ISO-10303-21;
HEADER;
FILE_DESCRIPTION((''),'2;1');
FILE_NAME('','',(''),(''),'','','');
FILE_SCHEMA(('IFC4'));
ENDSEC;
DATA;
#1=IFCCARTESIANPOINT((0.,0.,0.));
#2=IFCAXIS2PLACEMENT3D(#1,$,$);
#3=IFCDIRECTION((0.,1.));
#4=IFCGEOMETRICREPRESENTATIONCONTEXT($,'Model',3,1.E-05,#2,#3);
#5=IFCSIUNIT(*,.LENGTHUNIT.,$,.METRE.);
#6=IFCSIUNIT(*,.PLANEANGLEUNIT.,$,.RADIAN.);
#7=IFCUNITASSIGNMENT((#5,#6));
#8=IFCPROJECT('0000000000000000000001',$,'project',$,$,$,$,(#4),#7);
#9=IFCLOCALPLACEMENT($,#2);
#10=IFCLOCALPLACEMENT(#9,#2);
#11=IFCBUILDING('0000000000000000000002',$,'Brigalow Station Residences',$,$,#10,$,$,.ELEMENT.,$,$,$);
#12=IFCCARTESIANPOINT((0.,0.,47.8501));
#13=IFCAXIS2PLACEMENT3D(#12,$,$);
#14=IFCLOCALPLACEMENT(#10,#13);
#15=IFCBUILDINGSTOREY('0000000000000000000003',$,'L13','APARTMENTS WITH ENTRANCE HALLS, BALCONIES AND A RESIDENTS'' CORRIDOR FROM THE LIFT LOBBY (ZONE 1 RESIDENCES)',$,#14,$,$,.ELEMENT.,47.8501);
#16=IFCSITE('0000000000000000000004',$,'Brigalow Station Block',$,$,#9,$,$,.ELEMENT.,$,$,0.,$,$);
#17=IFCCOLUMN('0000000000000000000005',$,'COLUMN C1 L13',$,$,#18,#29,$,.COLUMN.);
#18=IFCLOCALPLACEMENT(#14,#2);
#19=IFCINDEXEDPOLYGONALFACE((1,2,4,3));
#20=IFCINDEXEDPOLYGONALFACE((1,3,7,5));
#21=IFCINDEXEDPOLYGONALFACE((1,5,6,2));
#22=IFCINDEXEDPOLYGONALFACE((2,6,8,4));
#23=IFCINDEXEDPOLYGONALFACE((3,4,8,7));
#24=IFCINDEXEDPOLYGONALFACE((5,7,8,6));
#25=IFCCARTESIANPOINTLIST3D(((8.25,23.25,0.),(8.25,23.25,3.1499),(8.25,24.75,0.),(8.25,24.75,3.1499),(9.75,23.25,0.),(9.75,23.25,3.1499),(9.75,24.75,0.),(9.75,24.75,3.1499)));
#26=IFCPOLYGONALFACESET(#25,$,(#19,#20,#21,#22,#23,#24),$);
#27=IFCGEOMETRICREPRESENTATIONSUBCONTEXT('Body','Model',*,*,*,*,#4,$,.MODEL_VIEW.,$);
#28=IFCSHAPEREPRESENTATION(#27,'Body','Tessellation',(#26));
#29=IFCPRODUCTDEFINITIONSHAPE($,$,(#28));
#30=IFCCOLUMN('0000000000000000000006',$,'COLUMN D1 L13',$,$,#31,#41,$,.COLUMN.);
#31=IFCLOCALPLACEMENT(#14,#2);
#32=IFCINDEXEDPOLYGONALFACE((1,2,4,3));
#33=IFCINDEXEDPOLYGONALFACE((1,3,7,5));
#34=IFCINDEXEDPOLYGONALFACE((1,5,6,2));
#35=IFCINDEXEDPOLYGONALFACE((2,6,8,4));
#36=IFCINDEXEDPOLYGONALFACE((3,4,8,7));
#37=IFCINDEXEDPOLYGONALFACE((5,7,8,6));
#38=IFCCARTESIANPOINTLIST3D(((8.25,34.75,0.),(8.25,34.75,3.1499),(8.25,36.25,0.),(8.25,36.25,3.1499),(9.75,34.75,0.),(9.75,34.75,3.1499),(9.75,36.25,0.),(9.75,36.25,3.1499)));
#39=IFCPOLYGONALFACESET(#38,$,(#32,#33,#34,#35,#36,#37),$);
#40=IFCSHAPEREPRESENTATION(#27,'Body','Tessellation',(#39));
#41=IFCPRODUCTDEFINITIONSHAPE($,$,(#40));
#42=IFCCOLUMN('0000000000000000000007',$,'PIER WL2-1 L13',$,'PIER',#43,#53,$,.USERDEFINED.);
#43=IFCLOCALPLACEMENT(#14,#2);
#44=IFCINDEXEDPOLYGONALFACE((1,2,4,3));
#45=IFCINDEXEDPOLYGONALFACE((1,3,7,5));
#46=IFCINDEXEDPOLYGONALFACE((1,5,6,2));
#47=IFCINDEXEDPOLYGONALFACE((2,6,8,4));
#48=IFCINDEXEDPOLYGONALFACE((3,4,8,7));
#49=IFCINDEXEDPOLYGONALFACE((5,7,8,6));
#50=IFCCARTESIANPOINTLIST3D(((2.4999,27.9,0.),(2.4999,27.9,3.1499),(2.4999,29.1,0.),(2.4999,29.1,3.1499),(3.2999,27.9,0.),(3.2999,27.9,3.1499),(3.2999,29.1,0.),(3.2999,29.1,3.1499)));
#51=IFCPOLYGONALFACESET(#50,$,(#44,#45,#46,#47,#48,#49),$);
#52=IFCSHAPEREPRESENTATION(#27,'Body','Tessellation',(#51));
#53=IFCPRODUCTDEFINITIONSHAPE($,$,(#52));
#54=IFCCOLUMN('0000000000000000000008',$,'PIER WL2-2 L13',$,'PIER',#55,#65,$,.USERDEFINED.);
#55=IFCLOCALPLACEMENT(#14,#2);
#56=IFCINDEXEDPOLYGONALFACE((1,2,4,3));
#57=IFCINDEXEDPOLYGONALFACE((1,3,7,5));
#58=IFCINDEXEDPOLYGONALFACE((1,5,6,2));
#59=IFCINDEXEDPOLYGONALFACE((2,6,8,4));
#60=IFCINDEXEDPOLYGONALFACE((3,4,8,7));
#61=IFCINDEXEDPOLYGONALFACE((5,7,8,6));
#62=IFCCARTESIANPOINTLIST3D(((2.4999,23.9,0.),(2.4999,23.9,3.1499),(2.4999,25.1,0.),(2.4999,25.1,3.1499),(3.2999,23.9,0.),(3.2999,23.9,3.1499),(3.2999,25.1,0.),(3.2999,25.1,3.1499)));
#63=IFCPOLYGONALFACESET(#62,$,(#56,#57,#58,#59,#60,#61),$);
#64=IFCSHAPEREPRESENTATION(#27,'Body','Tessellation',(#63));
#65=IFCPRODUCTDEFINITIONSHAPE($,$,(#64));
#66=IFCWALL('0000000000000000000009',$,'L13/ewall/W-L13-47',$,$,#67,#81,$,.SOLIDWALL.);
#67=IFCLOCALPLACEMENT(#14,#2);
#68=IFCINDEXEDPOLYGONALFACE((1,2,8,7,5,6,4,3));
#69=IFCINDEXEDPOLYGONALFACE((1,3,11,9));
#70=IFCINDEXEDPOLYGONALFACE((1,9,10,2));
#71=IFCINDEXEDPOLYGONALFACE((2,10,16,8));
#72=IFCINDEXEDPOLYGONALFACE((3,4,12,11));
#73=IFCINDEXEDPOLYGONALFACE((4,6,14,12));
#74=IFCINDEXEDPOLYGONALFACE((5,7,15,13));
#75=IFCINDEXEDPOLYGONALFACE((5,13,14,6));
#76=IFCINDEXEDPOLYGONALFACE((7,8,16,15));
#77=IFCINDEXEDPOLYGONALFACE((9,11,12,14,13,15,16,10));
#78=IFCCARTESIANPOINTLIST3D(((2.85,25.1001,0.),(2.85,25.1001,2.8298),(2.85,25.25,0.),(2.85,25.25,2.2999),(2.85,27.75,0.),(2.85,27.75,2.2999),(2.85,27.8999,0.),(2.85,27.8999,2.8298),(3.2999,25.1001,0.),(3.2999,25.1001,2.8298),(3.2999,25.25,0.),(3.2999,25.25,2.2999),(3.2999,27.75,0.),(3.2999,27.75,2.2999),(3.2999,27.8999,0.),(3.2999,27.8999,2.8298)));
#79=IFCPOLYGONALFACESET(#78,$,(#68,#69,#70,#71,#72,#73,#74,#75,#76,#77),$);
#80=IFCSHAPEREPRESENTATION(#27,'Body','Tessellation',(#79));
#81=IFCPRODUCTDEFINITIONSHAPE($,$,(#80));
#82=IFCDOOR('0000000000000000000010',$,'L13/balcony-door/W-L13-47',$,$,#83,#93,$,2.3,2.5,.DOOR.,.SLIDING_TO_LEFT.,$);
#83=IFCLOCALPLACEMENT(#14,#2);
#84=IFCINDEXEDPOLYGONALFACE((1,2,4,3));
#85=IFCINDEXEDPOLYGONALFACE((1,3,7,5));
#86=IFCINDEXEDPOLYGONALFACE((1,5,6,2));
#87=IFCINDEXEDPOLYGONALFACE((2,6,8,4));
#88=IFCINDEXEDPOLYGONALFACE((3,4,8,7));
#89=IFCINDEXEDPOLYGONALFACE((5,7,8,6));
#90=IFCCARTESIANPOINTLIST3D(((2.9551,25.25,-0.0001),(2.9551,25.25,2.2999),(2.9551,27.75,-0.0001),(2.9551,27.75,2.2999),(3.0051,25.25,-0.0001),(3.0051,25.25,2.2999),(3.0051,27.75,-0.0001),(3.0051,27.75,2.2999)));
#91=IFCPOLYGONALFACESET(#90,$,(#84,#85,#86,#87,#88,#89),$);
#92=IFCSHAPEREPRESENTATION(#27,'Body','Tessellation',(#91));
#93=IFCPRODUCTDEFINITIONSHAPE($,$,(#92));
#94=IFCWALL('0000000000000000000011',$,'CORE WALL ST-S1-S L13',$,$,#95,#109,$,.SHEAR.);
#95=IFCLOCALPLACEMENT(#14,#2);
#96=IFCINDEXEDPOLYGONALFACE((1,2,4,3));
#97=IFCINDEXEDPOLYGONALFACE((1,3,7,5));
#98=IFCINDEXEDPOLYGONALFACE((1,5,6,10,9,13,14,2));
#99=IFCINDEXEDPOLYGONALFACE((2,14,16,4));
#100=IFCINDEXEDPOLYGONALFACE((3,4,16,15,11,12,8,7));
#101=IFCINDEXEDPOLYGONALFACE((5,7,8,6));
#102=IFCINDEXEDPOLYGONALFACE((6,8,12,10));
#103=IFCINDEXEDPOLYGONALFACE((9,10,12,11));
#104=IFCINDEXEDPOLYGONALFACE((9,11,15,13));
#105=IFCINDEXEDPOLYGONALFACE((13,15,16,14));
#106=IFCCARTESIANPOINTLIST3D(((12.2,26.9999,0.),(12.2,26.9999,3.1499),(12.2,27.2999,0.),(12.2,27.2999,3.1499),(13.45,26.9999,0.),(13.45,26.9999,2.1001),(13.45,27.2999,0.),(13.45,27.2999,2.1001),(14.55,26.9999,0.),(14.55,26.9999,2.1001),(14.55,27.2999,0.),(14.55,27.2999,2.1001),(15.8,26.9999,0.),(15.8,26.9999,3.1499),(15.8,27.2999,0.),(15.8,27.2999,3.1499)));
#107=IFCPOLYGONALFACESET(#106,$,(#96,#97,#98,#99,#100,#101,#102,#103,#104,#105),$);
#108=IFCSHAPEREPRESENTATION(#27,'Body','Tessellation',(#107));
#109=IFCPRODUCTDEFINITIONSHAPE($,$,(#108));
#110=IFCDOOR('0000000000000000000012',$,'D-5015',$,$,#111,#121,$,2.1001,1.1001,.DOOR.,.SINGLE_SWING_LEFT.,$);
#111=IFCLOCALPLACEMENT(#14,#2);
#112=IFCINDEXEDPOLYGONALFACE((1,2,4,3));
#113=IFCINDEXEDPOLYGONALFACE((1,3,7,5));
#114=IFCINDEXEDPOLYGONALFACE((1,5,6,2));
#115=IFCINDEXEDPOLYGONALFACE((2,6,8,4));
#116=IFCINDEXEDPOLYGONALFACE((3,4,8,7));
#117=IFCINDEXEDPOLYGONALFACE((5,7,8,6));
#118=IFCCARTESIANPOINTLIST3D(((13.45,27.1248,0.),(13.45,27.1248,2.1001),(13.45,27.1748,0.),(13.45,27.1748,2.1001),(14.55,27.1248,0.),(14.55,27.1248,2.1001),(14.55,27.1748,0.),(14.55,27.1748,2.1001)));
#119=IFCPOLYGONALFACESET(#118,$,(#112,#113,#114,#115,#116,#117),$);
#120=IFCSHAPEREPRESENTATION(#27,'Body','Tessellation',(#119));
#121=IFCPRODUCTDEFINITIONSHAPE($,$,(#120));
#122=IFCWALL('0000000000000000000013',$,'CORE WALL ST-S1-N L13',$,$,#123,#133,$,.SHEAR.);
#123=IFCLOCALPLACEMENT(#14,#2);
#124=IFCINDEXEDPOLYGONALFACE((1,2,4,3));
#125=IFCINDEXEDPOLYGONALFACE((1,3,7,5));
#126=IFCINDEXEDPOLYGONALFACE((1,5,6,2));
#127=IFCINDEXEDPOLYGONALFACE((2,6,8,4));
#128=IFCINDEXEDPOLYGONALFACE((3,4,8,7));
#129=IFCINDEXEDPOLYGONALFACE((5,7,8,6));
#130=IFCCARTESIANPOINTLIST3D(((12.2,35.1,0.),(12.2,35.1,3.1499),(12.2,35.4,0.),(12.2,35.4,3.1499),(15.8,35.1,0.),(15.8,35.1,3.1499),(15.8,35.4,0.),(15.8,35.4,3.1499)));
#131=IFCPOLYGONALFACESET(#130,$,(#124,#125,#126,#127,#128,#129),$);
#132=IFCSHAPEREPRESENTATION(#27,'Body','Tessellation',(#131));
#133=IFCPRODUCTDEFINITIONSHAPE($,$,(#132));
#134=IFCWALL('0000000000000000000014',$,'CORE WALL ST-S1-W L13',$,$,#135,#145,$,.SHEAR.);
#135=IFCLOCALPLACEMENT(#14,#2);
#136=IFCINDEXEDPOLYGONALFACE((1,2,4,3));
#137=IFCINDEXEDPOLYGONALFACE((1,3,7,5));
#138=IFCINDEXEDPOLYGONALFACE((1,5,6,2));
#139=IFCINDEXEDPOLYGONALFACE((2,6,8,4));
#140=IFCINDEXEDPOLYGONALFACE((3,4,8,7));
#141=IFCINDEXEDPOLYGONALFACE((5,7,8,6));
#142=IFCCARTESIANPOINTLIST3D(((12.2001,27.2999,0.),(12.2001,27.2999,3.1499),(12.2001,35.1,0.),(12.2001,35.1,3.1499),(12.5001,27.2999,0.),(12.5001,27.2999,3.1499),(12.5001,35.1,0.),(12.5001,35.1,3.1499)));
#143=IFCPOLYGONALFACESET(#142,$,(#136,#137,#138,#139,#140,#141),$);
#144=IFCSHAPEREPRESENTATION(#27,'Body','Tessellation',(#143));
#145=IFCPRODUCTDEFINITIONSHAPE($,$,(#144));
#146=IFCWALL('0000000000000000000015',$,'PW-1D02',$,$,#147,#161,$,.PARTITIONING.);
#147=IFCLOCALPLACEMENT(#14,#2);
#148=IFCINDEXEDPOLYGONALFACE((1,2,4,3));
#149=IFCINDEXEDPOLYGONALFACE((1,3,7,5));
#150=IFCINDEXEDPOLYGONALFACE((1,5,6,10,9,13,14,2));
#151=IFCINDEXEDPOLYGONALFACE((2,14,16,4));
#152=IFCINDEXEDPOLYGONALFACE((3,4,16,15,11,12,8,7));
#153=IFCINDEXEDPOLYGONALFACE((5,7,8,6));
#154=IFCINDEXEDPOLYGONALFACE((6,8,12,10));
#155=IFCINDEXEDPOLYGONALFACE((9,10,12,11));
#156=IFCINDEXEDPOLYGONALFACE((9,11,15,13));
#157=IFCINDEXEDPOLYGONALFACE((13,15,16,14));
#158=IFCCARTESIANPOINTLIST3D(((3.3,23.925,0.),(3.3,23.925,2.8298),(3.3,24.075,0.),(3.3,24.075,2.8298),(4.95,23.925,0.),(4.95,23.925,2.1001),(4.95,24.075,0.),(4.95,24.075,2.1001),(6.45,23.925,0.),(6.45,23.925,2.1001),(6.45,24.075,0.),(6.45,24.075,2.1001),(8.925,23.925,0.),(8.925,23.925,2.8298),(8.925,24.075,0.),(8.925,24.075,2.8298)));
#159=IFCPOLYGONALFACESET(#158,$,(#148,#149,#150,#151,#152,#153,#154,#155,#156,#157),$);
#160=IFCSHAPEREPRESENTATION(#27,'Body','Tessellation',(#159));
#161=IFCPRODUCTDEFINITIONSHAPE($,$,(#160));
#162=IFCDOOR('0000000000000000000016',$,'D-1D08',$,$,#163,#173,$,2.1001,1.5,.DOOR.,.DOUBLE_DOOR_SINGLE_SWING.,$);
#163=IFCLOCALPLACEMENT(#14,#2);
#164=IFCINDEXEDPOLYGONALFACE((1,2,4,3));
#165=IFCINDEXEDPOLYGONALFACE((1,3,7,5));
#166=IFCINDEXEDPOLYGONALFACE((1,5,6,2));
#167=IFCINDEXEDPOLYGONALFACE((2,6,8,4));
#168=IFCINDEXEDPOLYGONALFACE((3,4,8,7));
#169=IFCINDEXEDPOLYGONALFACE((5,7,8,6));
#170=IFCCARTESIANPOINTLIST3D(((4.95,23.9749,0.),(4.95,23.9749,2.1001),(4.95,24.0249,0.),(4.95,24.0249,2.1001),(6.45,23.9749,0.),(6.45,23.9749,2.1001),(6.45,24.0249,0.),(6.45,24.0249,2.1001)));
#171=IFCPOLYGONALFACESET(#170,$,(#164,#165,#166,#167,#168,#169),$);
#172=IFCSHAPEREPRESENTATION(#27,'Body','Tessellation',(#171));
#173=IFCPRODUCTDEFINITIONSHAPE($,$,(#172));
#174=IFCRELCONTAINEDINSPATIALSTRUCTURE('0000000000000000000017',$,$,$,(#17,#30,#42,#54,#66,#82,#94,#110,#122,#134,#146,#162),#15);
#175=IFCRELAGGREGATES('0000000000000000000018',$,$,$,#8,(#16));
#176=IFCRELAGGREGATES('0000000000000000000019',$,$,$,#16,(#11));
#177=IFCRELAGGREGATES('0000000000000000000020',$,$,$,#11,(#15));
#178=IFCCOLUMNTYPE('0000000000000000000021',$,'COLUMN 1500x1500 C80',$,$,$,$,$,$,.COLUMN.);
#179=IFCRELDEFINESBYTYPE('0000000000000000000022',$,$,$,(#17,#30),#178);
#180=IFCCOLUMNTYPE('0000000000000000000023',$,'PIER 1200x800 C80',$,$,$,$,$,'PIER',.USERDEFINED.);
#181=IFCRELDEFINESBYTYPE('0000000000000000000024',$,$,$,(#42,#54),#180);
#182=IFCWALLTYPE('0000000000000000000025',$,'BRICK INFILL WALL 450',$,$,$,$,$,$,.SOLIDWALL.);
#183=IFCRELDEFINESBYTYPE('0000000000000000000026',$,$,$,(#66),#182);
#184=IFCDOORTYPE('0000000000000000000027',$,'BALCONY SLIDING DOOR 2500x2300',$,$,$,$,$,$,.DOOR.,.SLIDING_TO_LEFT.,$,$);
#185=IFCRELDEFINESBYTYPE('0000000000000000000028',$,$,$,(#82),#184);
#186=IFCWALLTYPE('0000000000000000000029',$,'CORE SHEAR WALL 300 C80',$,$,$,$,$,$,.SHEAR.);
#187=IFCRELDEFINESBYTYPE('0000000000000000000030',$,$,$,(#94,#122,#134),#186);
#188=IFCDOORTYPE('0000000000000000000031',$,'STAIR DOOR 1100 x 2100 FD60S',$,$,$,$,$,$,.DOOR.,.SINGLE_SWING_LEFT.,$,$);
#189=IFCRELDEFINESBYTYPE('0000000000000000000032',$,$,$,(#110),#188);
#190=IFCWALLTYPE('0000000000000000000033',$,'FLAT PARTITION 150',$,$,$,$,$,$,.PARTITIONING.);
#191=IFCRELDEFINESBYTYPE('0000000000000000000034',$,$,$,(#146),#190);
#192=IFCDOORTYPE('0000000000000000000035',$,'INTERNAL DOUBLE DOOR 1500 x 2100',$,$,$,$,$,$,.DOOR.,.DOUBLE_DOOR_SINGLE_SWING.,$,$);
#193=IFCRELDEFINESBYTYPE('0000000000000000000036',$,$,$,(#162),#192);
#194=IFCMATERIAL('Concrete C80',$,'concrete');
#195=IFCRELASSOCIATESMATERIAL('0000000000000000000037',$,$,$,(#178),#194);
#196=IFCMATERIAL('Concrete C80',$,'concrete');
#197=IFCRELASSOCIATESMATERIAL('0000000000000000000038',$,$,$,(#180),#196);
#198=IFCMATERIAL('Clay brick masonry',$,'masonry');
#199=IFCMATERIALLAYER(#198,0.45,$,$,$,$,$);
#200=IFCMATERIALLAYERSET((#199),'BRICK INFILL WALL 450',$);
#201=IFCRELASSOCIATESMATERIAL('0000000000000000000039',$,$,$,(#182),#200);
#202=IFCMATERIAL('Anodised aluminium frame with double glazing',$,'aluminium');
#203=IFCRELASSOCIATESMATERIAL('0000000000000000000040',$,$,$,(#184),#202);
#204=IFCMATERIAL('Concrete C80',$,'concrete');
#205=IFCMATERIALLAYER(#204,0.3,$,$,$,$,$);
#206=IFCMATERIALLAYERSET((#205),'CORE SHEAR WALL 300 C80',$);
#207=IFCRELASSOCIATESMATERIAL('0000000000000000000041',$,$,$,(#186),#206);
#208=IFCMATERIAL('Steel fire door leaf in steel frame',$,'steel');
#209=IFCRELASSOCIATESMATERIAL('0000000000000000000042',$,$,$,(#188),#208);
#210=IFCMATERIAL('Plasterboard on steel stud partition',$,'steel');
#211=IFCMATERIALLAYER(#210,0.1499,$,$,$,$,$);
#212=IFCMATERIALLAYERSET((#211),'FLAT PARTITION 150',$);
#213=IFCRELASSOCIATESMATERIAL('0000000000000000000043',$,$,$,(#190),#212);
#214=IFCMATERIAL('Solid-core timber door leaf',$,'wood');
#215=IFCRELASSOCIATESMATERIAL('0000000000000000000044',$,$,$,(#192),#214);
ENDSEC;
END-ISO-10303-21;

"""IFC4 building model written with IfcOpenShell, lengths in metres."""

from ifc_helpers import new_model, si_unit, direction, frame, frame_2d, origin, origin_2d, place, context, subcontext, project, spatial, rectangle, extrude, material, layer, layer_set, material_profile, profile_set, type_object, element, fill, save


model = new_model("IFC4")

# Units and contexts
model_context = context("Model", 3, precision=1e-05, world=origin(), true_north=direction((0.0, 1.0)))
body_context = subcontext(model_context, "Body", "Model", "MODEL_VIEW")
ifc_project = project(units=[si_unit("LENGTHUNIT", "METRE"), si_unit("PLANEANGLEUNIT", "RADIAN")], contexts=[model_context])

# Site, building, storey
site_placement = place(None, origin())
site = spatial("IfcSite", under=ifc_project, at=site_placement, Name="Brigalow Station Block", CompositionType="ELEMENT", RefElevation=0.0)
building_placement = place(site_placement, origin())
building = spatial("IfcBuilding", under=site, at=building_placement, Name="Brigalow Station Residences", CompositionType="ELEMENT")
storey_placement = place(building_placement, frame((0.0, 0.0, 47.8501)))
storey = spatial("IfcBuildingStorey", under=building, at=storey_placement, Name="L13", Description="APARTMENTS WITH ENTRANCE HALLS, BALCONIES AND A RESIDENTS' CORRIDOR FROM THE LIFT LOBBY (ZONE 1 RESIDENCES)", CompositionType="ELEMENT", Elevation=47.8501)

# Columns
ifc_material_1 = material(Name="Concrete C80", Category="concrete")
ifc_material_profile_1 = material_profile(ifc_material_1, rectangle(XDim=1.5, YDim=1.5, at=origin_2d()), Name="RC1500x1500")
ifc_profile_set_1 = profile_set([ifc_material_profile_1], Name="Concrete C80")
column_type_1 = type_object("IfcColumnType", Name="COLUMN 1500x1500 C80", PredefinedType="COLUMN", material=ifc_profile_set_1)
for number, where, z_axis, x_axis, name in (
    (1, (9.0, 24.0, 0.0), (0.0, 0.0, 1.0), (1.0, 0.0, 0.0), "COLUMN C1 L13"),
    (2, (9.0, 35.5, 0.0), (0.0, 0.0, 1.0), (1.0, 0.0, 0.0), "COLUMN D1 L13"),
):
    element("IfcColumn", number, at=place(storey_placement, frame(where, z_axis=z_axis, x_axis=x_axis)), inside=storey, type_object=column_type_1, Name=name, PredefinedType="COLUMN", context=body_context, shape_type="SweptSolid", body=[
        extrude(rectangle(XDim=1.5, YDim=1.5, at=origin_2d()), origin(), (0.0, 0.0, 1.0), 3.1499),
    ])
ifc_material_2 = material(Name="Concrete C80", Category="concrete")
ifc_material_profile_2 = material_profile(ifc_material_2, rectangle(XDim=1.2, YDim=0.8, at=origin_2d()), Name="RC1200x800")
ifc_profile_set_2 = profile_set([ifc_material_profile_2], Name="Concrete C80")
column_type_2 = type_object("IfcColumnType", Name="PIER 1200x800 C80", ElementType="PIER", PredefinedType="USERDEFINED", material=ifc_profile_set_2)
for number, where, z_axis, x_axis, name in (
    (3, (2.8999, 28.5, 0.0), (0.0, 0.0, 1.0), (0.0, -1.0, 0.0), "PIER WL2-1 L13"),
    (4, (2.8999, 24.5, 0.0), (0.0, 0.0, 1.0), (0.0, -1.0, 0.0), "PIER WL2-2 L13"),
):
    element("IfcColumn", number, at=place(storey_placement, frame(where, z_axis=z_axis, x_axis=x_axis)), inside=storey, type_object=column_type_2, Name=name, ObjectType="PIER", PredefinedType="USERDEFINED", context=body_context, shape_type="SweptSolid", body=[
        extrude(rectangle(XDim=1.2, YDim=0.8, at=origin_2d()), origin(), (0.0, 0.0, 1.0), 3.1499),
    ])

# Walls, openings, doors
ifc_material_3 = material(Name="Clay brick masonry", Category="masonry")
ifc_layer_1 = layer(ifc_material_3, 0.45)
ifc_layer_set_1 = layer_set([ifc_layer_1], Name="BRICK INFILL WALL 450")
wall_type_1 = type_object("IfcWallType", Name="BRICK INFILL WALL 450", PredefinedType="SOLIDWALL", material=ifc_layer_set_1)
wall_1_placement = place(storey_placement, frame((3.075, 27.8999, 0.0), z_axis=(0.0, 0.0, 1.0), x_axis=(0.0, -1.0, 0.0)))
wall_1 = element("IfcWall", 5, at=wall_1_placement, inside=storey, type_object=wall_type_1, Name="L13/ewall/W-L13-47", PredefinedType="SOLIDWALL", context=body_context, shape_type="SweptSolid", body=[
    extrude(rectangle(XDim=2.7998, YDim=0.45, at=frame_2d((1.3999, 0.0))), origin(), (0.0, 0.0, 1.0), 2.8298),
])
opening_1_placement = place(wall_1_placement, frame((0.1499, 0.0, 0.0)))
opening_1 = element("IfcOpeningElement", 6, at=opening_1_placement, cuts=wall_1, PredefinedType="OPENING", context=body_context, shape_type="SweptSolid", body=[
    extrude(rectangle(XDim=2.5, YDim=2.3, at=frame_2d((1.25, 1.1499))), frame((0.0, 0.2349, 0.0), z_axis=(0.0, -1.0, 0.0), x_axis=(1.0, 0.0, 0.0)), (0.0, 0.0, 1.0), 0.47),
])
ifc_material_4 = material(Name="Anodised aluminium frame with double glazing", Category="aluminium")
door_type_1 = type_object("IfcDoorType", Name="BALCONY SLIDING DOOR 2500x2300", OperationType="SLIDING_TO_LEFT", PredefinedType="DOOR", material=ifc_material_4)
door_1_placement = place(opening_1_placement, origin())
door_1 = element("IfcDoor", 7, at=door_1_placement, inside=storey, type_object=door_type_1, Name="L13/balcony-door/W-L13-47", OperationType="SLIDING_TO_LEFT", OverallHeight=2.3, OverallWidth=2.5, PredefinedType="DOOR", context=body_context, shape_type="SweptSolid", body=[
    extrude(rectangle(XDim=2.5, YDim=2.3, at=frame_2d((1.25, 1.1499))), frame((0.0, -0.0698, 0.0), z_axis=(0.0, -1.0, 0.0), x_axis=(1.0, 0.0, 0.0)), (0.0, 0.0, 1.0), 0.05),
])
fill(opening_1, door_1)
ifc_material_5 = material(Name="Concrete C80", Category="concrete")
ifc_layer_2 = layer(ifc_material_5, 0.3)
ifc_layer_set_2 = layer_set([ifc_layer_2], Name="CORE SHEAR WALL 300 C80")
wall_type_2 = type_object("IfcWallType", Name="CORE SHEAR WALL 300 C80", PredefinedType="SHEAR", material=ifc_layer_set_2)
wall_2_placement = place(storey_placement, frame((12.2, 27.1499, 0.0), z_axis=(0.0, 0.0, 1.0), x_axis=(1.0, 0.0, 0.0)))
wall_2 = element("IfcWall", 8, at=wall_2_placement, inside=storey, type_object=wall_type_2, Name="CORE WALL ST-S1-S L13", PredefinedType="SHEAR", context=body_context, shape_type="SweptSolid", body=[
    extrude(rectangle(XDim=3.6001, YDim=0.3, at=frame_2d((1.8, 0.0))), origin(), (0.0, 0.0, 1.0), 3.1499),
])
opening_2_placement = place(wall_2_placement, frame((1.25, 0.0, 0.0)))
opening_2 = element("IfcOpeningElement", 9, at=opening_2_placement, cuts=wall_2, PredefinedType="OPENING", context=body_context, shape_type="SweptSolid", body=[
    extrude(rectangle(XDim=1.1001, YDim=2.1001, at=frame_2d((0.55, 1.05))), frame((0.0, 0.1602, 0.0), z_axis=(0.0, -1.0, 0.0), x_axis=(1.0, 0.0, 0.0)), (0.0, 0.0, 1.0), 0.3201),
])
ifc_material_6 = material(Name="Steel fire door leaf in steel frame", Category="steel")
door_type_2 = type_object("IfcDoorType", Name="STAIR DOOR 1100 x 2100 FD60S", OperationType="SINGLE_SWING_LEFT", PredefinedType="DOOR", material=ifc_material_6)
door_2_placement = place(opening_2_placement, origin())
door_2 = element("IfcDoor", 10, at=door_2_placement, inside=storey, type_object=door_type_2, Name="D-5015", OperationType="SINGLE_SWING_LEFT", OverallHeight=2.1001, OverallWidth=1.1001, PredefinedType="DOOR", context=body_context, shape_type="SweptSolid", body=[
    extrude(rectangle(XDim=1.1001, YDim=2.1001, at=frame_2d((0.55, 1.05))), frame((0.0, 0.0249, 0.0), z_axis=(0.0, -1.0, 0.0), x_axis=(1.0, 0.0, 0.0)), (0.0, 0.0, 1.0), 0.05),
])
fill(opening_2, door_2)

# Walls
wall_3_placement = place(storey_placement, frame((12.2, 35.25, 0.0), z_axis=(0.0, 0.0, 1.0), x_axis=(1.0, 0.0, 0.0)))
element("IfcWall", 11, at=wall_3_placement, inside=storey, type_object=wall_type_2, Name="CORE WALL ST-S1-N L13", PredefinedType="SHEAR", context=body_context, shape_type="SweptSolid", body=[
    extrude(rectangle(XDim=3.6001, YDim=0.3, at=frame_2d((1.8, 0.0))), origin(), (0.0, 0.0, 1.0), 3.1499),
])
wall_4_placement = place(storey_placement, frame((12.3501, 27.3, 0.0), z_axis=(0.0, 0.0, 1.0), x_axis=(0.0, 1.0, 0.0)))
element("IfcWall", 12, at=wall_4_placement, inside=storey, type_object=wall_type_2, Name="CORE WALL ST-S1-W L13", PredefinedType="SHEAR", context=body_context, shape_type="SweptSolid", body=[
    extrude(rectangle(XDim=7.8, YDim=0.3, at=frame_2d((3.8999, 0.0))), origin(), (0.0, 0.0, 1.0), 3.1499),
])

# Wall, opening, door
ifc_material_7 = material(Name="Plasterboard on steel stud partition", Category="steel")
ifc_layer_3 = layer(ifc_material_7, 0.1499)
ifc_layer_set_3 = layer_set([ifc_layer_3], Name="FLAT PARTITION 150")
wall_type_3 = type_object("IfcWallType", Name="FLAT PARTITION 150", PredefinedType="PARTITIONING", material=ifc_layer_set_3)
wall_5_placement = place(storey_placement, frame((3.3, 24.0, 0.0), z_axis=(0.0, 0.0, 1.0), x_axis=(1.0, 0.0, 0.0)))
wall_5 = element("IfcWall", 13, at=wall_5_placement, inside=storey, type_object=wall_type_3, Name="PW-1D02", PredefinedType="PARTITIONING", context=body_context, shape_type="SweptSolid", body=[
    extrude(rectangle(XDim=5.625, YDim=0.1499, at=frame_2d((2.8125, 0.0))), origin(), (0.0, 0.0, 1.0), 2.8298),
])
opening_3_placement = place(wall_5_placement, frame((1.6499, 0.0, 0.0)))
opening_3 = element("IfcOpeningElement", 14, at=opening_3_placement, cuts=wall_5, PredefinedType="OPENING", context=body_context, shape_type="SweptSolid", body=[
    extrude(rectangle(XDim=1.5, YDim=2.1001, at=frame_2d((0.75, 1.05))), frame((0.0, 0.085, 0.0), z_axis=(0.0, -1.0, 0.0), x_axis=(1.0, 0.0, 0.0)), (0.0, 0.0, 1.0), 0.1699),
])
ifc_material_8 = material(Name="Solid-core timber door leaf", Category="wood")
door_type_3 = type_object("IfcDoorType", Name="INTERNAL DOUBLE DOOR 1500 x 2100", OperationType="DOUBLE_DOOR_SINGLE_SWING", PredefinedType="DOOR", material=ifc_material_8)
door_3_placement = place(opening_3_placement, origin())
door_3 = element("IfcDoor", 15, at=door_3_placement, inside=storey, type_object=door_type_3, Name="D-1D08", OperationType="DOUBLE_DOOR_SINGLE_SWING", OverallHeight=2.1001, OverallWidth=1.5, PredefinedType="DOOR", context=body_context, shape_type="SweptSolid", body=[
    extrude(rectangle(XDim=1.5, YDim=2.1001, at=frame_2d((0.75, 1.05))), frame((0.0, 0.0249, 0.0), z_axis=(0.0, -1.0, 0.0), x_axis=(1.0, 0.0, 0.0)), (0.0, 0.0, 1.0), 0.05),
])
fill(opening_3, door_3)

save(model, "model.ifc")
